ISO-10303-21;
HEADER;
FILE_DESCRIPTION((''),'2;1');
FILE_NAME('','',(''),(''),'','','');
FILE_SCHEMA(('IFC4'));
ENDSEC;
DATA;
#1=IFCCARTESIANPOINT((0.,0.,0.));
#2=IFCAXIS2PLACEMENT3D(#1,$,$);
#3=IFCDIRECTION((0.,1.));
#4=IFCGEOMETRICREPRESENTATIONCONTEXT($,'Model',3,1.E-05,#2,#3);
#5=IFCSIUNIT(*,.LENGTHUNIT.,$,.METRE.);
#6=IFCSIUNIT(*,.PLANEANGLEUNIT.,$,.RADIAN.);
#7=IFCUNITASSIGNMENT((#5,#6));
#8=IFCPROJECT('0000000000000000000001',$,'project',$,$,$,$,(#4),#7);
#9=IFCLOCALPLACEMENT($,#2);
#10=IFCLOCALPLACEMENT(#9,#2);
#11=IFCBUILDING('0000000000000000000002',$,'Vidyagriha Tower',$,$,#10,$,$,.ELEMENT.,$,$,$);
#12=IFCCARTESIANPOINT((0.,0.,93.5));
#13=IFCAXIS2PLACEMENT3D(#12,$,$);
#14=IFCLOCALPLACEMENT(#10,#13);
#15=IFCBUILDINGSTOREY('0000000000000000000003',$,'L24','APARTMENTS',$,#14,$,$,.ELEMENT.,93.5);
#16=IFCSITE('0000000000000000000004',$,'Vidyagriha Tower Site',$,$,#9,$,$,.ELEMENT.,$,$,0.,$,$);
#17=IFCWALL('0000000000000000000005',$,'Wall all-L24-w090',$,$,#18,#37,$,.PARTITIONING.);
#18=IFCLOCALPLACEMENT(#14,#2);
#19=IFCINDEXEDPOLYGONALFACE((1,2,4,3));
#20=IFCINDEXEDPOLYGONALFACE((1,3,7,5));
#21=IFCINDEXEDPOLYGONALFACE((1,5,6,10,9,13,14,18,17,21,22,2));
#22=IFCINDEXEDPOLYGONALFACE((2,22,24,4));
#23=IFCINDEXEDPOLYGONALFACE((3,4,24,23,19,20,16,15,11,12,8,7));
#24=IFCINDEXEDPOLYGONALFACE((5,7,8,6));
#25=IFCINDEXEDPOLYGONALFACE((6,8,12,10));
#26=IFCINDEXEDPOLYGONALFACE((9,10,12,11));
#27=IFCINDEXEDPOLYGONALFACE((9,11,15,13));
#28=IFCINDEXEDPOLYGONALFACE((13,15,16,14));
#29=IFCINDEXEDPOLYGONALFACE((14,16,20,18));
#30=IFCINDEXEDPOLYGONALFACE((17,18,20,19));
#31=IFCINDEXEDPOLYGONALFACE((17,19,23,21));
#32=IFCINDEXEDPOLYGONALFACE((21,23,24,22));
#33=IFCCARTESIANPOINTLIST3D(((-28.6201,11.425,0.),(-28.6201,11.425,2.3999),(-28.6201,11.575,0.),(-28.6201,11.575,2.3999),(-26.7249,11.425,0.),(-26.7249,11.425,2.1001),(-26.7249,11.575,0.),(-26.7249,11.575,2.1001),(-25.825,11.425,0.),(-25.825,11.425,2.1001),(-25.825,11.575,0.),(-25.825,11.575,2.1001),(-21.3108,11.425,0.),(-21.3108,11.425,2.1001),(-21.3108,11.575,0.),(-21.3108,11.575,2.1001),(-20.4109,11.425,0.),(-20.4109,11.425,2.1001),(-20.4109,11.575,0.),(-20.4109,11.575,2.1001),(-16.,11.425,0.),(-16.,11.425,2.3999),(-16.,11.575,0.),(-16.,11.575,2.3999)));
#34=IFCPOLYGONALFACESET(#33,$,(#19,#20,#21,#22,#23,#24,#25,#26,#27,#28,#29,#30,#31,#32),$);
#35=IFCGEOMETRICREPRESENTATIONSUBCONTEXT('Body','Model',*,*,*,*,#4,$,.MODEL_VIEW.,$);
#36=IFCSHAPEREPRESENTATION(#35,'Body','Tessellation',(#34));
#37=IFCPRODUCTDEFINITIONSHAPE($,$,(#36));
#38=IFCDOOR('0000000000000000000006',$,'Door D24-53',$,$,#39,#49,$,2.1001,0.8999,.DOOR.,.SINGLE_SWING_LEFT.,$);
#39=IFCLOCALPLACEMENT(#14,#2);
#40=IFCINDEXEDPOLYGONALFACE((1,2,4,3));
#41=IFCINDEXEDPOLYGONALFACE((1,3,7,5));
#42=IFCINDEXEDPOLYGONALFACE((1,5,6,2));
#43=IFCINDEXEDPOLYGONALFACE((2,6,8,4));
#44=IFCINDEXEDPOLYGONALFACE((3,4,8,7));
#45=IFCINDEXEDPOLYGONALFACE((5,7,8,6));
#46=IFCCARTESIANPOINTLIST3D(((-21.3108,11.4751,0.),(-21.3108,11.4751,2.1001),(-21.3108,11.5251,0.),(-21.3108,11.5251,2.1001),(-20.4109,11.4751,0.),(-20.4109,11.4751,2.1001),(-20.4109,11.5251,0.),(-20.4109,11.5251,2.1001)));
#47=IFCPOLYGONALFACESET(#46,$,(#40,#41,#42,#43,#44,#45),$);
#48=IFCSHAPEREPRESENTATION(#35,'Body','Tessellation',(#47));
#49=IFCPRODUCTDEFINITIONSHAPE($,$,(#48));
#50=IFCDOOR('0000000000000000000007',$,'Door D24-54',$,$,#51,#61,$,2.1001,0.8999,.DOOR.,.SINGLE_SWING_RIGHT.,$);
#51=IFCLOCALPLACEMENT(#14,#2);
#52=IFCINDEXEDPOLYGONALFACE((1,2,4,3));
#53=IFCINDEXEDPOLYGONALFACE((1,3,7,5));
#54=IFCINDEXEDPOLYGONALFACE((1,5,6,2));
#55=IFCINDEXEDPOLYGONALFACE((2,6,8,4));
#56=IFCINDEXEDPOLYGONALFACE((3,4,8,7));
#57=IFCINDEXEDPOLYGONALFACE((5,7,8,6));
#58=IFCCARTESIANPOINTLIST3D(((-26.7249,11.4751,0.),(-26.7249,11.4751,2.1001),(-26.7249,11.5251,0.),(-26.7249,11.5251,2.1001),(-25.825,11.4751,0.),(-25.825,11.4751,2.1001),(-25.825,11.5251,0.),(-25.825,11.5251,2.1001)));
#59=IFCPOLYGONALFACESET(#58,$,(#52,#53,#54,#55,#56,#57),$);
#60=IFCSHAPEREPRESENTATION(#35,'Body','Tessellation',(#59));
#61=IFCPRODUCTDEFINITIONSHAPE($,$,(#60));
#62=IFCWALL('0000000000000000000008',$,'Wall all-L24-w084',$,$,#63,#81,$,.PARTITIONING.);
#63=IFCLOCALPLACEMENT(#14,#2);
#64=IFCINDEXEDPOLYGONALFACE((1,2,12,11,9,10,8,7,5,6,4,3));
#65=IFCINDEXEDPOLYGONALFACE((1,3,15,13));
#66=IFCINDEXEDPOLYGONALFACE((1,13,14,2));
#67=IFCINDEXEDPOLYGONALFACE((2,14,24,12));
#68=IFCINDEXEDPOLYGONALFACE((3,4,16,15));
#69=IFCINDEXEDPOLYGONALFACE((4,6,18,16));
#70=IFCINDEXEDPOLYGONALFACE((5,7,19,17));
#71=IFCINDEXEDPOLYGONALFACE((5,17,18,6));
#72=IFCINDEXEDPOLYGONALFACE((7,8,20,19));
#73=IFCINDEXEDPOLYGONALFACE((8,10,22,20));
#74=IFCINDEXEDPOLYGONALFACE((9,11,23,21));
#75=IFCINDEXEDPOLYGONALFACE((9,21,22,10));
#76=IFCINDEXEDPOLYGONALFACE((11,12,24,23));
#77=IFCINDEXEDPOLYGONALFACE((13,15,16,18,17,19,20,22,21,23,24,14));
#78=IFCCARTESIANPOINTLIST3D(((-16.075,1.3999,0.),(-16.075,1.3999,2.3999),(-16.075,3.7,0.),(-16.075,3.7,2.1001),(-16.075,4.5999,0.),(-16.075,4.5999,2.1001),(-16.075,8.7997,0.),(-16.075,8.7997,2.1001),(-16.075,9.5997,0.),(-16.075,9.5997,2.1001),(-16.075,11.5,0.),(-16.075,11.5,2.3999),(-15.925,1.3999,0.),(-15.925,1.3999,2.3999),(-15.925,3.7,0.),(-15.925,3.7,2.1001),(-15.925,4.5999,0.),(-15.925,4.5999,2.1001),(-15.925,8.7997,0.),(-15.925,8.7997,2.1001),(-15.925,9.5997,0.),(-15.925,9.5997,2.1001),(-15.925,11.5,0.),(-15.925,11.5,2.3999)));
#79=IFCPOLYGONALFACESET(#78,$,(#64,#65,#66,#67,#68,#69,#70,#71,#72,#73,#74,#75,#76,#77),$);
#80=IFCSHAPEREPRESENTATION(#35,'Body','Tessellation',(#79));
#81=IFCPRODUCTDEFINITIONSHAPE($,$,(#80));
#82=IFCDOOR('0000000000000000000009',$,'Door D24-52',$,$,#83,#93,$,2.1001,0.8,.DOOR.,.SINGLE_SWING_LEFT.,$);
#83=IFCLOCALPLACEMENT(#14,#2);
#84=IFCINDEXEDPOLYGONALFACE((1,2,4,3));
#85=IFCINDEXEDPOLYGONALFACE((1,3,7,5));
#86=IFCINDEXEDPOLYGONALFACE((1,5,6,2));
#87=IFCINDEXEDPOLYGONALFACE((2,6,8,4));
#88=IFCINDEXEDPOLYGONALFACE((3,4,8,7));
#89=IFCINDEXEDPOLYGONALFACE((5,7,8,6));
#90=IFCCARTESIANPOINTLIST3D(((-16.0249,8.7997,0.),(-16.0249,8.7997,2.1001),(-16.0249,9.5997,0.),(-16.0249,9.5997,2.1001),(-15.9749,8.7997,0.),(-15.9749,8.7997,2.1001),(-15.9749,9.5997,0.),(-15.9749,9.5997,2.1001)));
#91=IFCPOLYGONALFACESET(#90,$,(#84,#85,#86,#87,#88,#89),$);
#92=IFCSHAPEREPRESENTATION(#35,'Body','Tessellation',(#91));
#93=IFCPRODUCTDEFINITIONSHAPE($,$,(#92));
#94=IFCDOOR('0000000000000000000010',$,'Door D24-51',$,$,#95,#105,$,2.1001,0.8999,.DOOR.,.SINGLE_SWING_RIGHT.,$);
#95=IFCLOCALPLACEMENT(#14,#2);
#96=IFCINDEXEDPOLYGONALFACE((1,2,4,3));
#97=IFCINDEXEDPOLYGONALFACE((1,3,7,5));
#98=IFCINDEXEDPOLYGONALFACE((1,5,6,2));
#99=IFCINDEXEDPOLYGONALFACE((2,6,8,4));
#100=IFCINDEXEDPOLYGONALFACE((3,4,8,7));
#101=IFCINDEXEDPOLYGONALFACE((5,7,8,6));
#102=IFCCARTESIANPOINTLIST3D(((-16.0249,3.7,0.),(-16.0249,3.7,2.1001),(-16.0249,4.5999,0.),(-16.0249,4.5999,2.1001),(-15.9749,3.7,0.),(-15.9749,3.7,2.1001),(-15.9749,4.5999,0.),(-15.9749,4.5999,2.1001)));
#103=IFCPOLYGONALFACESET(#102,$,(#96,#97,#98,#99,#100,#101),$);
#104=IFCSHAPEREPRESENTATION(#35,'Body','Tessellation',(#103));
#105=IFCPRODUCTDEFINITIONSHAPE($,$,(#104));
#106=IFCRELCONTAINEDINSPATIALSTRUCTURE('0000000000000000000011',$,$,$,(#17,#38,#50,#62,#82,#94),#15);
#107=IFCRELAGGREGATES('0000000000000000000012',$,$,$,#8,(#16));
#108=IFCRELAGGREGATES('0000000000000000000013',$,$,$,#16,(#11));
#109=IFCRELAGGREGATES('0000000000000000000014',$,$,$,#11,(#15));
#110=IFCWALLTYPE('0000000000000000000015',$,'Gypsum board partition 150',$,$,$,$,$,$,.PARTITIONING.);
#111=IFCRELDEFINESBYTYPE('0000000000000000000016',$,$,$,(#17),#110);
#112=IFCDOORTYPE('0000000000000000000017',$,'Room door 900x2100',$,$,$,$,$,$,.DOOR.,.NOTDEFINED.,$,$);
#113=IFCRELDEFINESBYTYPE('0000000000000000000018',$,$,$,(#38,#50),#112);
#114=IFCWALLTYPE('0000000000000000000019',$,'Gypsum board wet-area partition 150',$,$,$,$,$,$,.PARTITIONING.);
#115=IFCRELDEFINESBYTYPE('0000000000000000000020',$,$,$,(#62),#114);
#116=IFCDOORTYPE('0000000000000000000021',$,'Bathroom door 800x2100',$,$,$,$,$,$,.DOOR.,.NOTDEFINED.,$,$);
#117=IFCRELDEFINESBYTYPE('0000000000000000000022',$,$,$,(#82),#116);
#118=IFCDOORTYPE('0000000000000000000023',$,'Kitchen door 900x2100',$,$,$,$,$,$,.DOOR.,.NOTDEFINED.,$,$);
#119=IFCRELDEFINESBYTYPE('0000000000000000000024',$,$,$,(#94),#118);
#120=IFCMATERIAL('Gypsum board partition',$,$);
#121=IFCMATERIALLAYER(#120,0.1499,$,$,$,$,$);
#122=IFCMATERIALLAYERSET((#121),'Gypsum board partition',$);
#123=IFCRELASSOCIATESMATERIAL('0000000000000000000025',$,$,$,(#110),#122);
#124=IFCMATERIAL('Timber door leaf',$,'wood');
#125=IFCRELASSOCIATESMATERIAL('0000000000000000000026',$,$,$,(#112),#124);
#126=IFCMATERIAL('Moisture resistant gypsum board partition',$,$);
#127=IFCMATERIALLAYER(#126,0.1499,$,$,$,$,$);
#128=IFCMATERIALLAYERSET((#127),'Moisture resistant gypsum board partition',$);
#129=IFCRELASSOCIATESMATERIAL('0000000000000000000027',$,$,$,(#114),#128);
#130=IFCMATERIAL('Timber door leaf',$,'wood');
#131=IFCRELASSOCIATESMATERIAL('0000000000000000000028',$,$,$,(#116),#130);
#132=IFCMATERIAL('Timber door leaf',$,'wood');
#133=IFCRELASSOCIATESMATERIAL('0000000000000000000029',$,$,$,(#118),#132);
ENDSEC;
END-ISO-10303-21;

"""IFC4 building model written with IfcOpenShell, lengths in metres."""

from ifc_helpers import new_model, si_unit, direction, frame, frame_2d, origin, place, context, subcontext, project, spatial, rectangle, extrude, material, layer, layer_set, type_object, element, fill, save


model = new_model("IFC4")

# Units and contexts
model_context = context("Model", 3, precision=1e-05, world=origin(), true_north=direction((0.0, 1.0)))
body_context = subcontext(model_context, "Body", "Model", "MODEL_VIEW")
ifc_project = project(units=[si_unit("LENGTHUNIT", "METRE"), si_unit("PLANEANGLEUNIT", "RADIAN")], contexts=[model_context])

# Site, building, storey
site_placement = place(None, origin())
site = spatial("IfcSite", under=ifc_project, at=site_placement, Name="Vidyagriha Tower Site", CompositionType="ELEMENT", RefElevation=0.0)
building_placement = place(site_placement, origin())
building = spatial("IfcBuilding", under=site, at=building_placement, Name="Vidyagriha Tower", CompositionType="ELEMENT")
storey_placement = place(building_placement, frame((0.0, 0.0, 93.5)))
storey = spatial("IfcBuildingStorey", under=building, at=storey_placement, Name="L24", Description="APARTMENTS", CompositionType="ELEMENT", Elevation=93.5)

# Shared definitions
ifc_material_1 = material(Name="Gypsum board partition")
ifc_layer_1 = layer(ifc_material_1, 0.1499)
ifc_layer_set_1 = layer_set([ifc_layer_1], Name="Gypsum board partition")
wall_type_1 = type_object("IfcWallType", Name="Gypsum board partition 150", PredefinedType="PARTITIONING", material=ifc_layer_set_1)

# Walls, openings, doors
wall_1_placement = place(storey_placement, frame((-16.0, 11.5, 0.0), z_axis=(0.0, 0.0, 1.0), x_axis=(-1.0, 0.0, 0.0)))
wall_1 = element("IfcWall", 1, at=wall_1_placement, inside=storey, type_object=wall_type_1, Name="Wall all-L24-w090", PredefinedType="PARTITIONING", context=body_context, shape_type="SweptSolid", body=[
    extrude(rectangle(XDim=12.6201, YDim=0.1499, at=frame_2d((6.3101, 0.0))), origin(), (0.0, 0.0, 1.0), 2.3999),
])
opening_1_placement = place(wall_1_placement, frame((4.4109, 0.0, 0.0)))
opening_1 = element("IfcOpeningElement", 2, at=opening_1_placement, cuts=wall_1, PredefinedType="OPENING", context=body_context, shape_type="SweptSolid", body=[
    extrude(rectangle(XDim=0.8999, YDim=2.1001, at=frame_2d((0.45, 1.05))), frame((0.0, 0.085, 0.0), z_axis=(0.0, -1.0, 0.0), x_axis=(1.0, 0.0, 0.0)), (0.0, 0.0, 1.0), 0.1699),
])
opening_2_placement = place(wall_1_placement, frame((9.825, 0.0, 0.0)))
opening_2 = element("IfcOpeningElement", 3, at=opening_2_placement, cuts=wall_1, PredefinedType="OPENING", context=body_context, shape_type="SweptSolid", body=[
    extrude(rectangle(XDim=0.8999, YDim=2.1001, at=frame_2d((0.45, 1.05))), frame((0.0, 0.085, 0.0), z_axis=(0.0, -1.0, 0.0), x_axis=(1.0, 0.0, 0.0)), (0.0, 0.0, 1.0), 0.1699),
])
ifc_material_2 = material(Name="Timber door leaf", Category="wood")
door_type_1 = type_object("IfcDoorType", Name="Room door 900x2100", OperationType="NOTDEFINED", PredefinedType="DOOR", material=ifc_material_2)
door_1_placement = place(opening_1_placement, origin())
door_1 = element("IfcDoor", 4, at=door_1_placement, inside=storey, type_object=door_type_1, Name="Door D24-53", OperationType="SINGLE_SWING_LEFT", OverallHeight=2.1001, OverallWidth=0.8999, PredefinedType="DOOR", context=body_context, shape_type="SweptSolid", body=[
    extrude(rectangle(XDim=0.8999, YDim=2.1001, at=frame_2d((0.45, 1.05))), frame((0.0, 0.0249, 0.0), z_axis=(0.0, -1.0, 0.0), x_axis=(1.0, 0.0, 0.0)), (0.0, 0.0, 1.0), 0.05),
])
fill(opening_1, door_1)
door_2_placement = place(opening_2_placement, origin())
door_2 = element("IfcDoor", 5, at=door_2_placement, inside=storey, type_object=door_type_1, Name="Door D24-54", OperationType="SINGLE_SWING_RIGHT", OverallHeight=2.1001, OverallWidth=0.8999, PredefinedType="DOOR", context=body_context, shape_type="SweptSolid", body=[
    extrude(rectangle(XDim=0.8999, YDim=2.1001, at=frame_2d((0.45, 1.05))), frame((0.0, 0.0249, 0.0), z_axis=(0.0, -1.0, 0.0), x_axis=(1.0, 0.0, 0.0)), (0.0, 0.0, 1.0), 0.05),
])
fill(opening_2, door_2)
ifc_material_3 = material(Name="Moisture resistant gypsum board partition")
ifc_layer_2 = layer(ifc_material_3, 0.1499)
ifc_layer_set_2 = layer_set([ifc_layer_2], Name="Moisture resistant gypsum board partition")
wall_type_2 = type_object("IfcWallType", Name="Gypsum board wet-area partition 150", PredefinedType="PARTITIONING", material=ifc_layer_set_2)
wall_2_placement = place(storey_placement, frame((-16.0, 1.3999, 0.0), z_axis=(0.0, 0.0, 1.0), x_axis=(0.0, 1.0, 0.0)))
wall_2 = element("IfcWall", 6, at=wall_2_placement, inside=storey, type_object=wall_type_2, Name="Wall all-L24-w084", PredefinedType="PARTITIONING", context=body_context, shape_type="SweptSolid", body=[
    extrude(rectangle(XDim=10.1001, YDim=0.1499, at=frame_2d((5.05, 0.0))), origin(), (0.0, 0.0, 1.0), 2.3999),
])
opening_3_placement = place(wall_2_placement, frame((2.3, 0.0, 0.0)))
opening_3 = element("IfcOpeningElement", 7, at=opening_3_placement, cuts=wall_2, PredefinedType="OPENING", context=body_context, shape_type="SweptSolid", body=[
    extrude(rectangle(XDim=0.8999, YDim=2.1001, at=frame_2d((0.45, 1.05))), frame((0.0, 0.085, 0.0), z_axis=(0.0, -1.0, 0.0), x_axis=(1.0, 0.0, 0.0)), (0.0, 0.0, 1.0), 0.1699),
])
opening_4_placement = place(wall_2_placement, frame((7.3999, 0.0, 0.0)))
opening_4 = element("IfcOpeningElement", 8, at=opening_4_placement, cuts=wall_2, PredefinedType="OPENING", context=body_context, shape_type="SweptSolid", body=[
    extrude(rectangle(XDim=0.8, YDim=2.1001, at=frame_2d((0.3999, 1.05))), frame((0.0, 0.085, 0.0), z_axis=(0.0, -1.0, 0.0), x_axis=(1.0, 0.0, 0.0)), (0.0, 0.0, 1.0), 0.1699),
])
ifc_material_4 = material(Name="Timber door leaf", Category="wood")
door_type_2 = type_object("IfcDoorType", Name="Bathroom door 800x2100", OperationType="NOTDEFINED", PredefinedType="DOOR", material=ifc_material_4)
door_3_placement = place(opening_4_placement, origin())
door_3 = element("IfcDoor", 9, at=door_3_placement, inside=storey, type_object=door_type_2, Name="Door D24-52", OperationType="SINGLE_SWING_LEFT", OverallHeight=2.1001, OverallWidth=0.8, PredefinedType="DOOR", context=body_context, shape_type="SweptSolid", body=[
    extrude(rectangle(XDim=0.8, YDim=2.1001, at=frame_2d((0.3999, 1.05))), frame((0.0, 0.0249, 0.0), z_axis=(0.0, -1.0, 0.0), x_axis=(1.0, 0.0, 0.0)), (0.0, 0.0, 1.0), 0.05),
])
fill(opening_4, door_3)
ifc_material_5 = material(Name="Timber door leaf", Category="wood")
door_type_3 = type_object("IfcDoorType", Name="Kitchen door 900x2100", OperationType="NOTDEFINED", PredefinedType="DOOR", material=ifc_material_5)
door_4_placement = place(opening_3_placement, origin())
door_4 = element("IfcDoor", 10, at=door_4_placement, inside=storey, type_object=door_type_3, Name="Door D24-51", OperationType="SINGLE_SWING_RIGHT", OverallHeight=2.1001, OverallWidth=0.8999, PredefinedType="DOOR", context=body_context, shape_type="SweptSolid", body=[
    extrude(rectangle(XDim=0.8999, YDim=2.1001, at=frame_2d((0.45, 1.05))), frame((0.0, 0.0249, 0.0), z_axis=(0.0, -1.0, 0.0), x_axis=(1.0, 0.0, 0.0)), (0.0, 0.0, 1.0), 0.05),
])
fill(opening_3, door_4)

save(model, "model.ifc")
